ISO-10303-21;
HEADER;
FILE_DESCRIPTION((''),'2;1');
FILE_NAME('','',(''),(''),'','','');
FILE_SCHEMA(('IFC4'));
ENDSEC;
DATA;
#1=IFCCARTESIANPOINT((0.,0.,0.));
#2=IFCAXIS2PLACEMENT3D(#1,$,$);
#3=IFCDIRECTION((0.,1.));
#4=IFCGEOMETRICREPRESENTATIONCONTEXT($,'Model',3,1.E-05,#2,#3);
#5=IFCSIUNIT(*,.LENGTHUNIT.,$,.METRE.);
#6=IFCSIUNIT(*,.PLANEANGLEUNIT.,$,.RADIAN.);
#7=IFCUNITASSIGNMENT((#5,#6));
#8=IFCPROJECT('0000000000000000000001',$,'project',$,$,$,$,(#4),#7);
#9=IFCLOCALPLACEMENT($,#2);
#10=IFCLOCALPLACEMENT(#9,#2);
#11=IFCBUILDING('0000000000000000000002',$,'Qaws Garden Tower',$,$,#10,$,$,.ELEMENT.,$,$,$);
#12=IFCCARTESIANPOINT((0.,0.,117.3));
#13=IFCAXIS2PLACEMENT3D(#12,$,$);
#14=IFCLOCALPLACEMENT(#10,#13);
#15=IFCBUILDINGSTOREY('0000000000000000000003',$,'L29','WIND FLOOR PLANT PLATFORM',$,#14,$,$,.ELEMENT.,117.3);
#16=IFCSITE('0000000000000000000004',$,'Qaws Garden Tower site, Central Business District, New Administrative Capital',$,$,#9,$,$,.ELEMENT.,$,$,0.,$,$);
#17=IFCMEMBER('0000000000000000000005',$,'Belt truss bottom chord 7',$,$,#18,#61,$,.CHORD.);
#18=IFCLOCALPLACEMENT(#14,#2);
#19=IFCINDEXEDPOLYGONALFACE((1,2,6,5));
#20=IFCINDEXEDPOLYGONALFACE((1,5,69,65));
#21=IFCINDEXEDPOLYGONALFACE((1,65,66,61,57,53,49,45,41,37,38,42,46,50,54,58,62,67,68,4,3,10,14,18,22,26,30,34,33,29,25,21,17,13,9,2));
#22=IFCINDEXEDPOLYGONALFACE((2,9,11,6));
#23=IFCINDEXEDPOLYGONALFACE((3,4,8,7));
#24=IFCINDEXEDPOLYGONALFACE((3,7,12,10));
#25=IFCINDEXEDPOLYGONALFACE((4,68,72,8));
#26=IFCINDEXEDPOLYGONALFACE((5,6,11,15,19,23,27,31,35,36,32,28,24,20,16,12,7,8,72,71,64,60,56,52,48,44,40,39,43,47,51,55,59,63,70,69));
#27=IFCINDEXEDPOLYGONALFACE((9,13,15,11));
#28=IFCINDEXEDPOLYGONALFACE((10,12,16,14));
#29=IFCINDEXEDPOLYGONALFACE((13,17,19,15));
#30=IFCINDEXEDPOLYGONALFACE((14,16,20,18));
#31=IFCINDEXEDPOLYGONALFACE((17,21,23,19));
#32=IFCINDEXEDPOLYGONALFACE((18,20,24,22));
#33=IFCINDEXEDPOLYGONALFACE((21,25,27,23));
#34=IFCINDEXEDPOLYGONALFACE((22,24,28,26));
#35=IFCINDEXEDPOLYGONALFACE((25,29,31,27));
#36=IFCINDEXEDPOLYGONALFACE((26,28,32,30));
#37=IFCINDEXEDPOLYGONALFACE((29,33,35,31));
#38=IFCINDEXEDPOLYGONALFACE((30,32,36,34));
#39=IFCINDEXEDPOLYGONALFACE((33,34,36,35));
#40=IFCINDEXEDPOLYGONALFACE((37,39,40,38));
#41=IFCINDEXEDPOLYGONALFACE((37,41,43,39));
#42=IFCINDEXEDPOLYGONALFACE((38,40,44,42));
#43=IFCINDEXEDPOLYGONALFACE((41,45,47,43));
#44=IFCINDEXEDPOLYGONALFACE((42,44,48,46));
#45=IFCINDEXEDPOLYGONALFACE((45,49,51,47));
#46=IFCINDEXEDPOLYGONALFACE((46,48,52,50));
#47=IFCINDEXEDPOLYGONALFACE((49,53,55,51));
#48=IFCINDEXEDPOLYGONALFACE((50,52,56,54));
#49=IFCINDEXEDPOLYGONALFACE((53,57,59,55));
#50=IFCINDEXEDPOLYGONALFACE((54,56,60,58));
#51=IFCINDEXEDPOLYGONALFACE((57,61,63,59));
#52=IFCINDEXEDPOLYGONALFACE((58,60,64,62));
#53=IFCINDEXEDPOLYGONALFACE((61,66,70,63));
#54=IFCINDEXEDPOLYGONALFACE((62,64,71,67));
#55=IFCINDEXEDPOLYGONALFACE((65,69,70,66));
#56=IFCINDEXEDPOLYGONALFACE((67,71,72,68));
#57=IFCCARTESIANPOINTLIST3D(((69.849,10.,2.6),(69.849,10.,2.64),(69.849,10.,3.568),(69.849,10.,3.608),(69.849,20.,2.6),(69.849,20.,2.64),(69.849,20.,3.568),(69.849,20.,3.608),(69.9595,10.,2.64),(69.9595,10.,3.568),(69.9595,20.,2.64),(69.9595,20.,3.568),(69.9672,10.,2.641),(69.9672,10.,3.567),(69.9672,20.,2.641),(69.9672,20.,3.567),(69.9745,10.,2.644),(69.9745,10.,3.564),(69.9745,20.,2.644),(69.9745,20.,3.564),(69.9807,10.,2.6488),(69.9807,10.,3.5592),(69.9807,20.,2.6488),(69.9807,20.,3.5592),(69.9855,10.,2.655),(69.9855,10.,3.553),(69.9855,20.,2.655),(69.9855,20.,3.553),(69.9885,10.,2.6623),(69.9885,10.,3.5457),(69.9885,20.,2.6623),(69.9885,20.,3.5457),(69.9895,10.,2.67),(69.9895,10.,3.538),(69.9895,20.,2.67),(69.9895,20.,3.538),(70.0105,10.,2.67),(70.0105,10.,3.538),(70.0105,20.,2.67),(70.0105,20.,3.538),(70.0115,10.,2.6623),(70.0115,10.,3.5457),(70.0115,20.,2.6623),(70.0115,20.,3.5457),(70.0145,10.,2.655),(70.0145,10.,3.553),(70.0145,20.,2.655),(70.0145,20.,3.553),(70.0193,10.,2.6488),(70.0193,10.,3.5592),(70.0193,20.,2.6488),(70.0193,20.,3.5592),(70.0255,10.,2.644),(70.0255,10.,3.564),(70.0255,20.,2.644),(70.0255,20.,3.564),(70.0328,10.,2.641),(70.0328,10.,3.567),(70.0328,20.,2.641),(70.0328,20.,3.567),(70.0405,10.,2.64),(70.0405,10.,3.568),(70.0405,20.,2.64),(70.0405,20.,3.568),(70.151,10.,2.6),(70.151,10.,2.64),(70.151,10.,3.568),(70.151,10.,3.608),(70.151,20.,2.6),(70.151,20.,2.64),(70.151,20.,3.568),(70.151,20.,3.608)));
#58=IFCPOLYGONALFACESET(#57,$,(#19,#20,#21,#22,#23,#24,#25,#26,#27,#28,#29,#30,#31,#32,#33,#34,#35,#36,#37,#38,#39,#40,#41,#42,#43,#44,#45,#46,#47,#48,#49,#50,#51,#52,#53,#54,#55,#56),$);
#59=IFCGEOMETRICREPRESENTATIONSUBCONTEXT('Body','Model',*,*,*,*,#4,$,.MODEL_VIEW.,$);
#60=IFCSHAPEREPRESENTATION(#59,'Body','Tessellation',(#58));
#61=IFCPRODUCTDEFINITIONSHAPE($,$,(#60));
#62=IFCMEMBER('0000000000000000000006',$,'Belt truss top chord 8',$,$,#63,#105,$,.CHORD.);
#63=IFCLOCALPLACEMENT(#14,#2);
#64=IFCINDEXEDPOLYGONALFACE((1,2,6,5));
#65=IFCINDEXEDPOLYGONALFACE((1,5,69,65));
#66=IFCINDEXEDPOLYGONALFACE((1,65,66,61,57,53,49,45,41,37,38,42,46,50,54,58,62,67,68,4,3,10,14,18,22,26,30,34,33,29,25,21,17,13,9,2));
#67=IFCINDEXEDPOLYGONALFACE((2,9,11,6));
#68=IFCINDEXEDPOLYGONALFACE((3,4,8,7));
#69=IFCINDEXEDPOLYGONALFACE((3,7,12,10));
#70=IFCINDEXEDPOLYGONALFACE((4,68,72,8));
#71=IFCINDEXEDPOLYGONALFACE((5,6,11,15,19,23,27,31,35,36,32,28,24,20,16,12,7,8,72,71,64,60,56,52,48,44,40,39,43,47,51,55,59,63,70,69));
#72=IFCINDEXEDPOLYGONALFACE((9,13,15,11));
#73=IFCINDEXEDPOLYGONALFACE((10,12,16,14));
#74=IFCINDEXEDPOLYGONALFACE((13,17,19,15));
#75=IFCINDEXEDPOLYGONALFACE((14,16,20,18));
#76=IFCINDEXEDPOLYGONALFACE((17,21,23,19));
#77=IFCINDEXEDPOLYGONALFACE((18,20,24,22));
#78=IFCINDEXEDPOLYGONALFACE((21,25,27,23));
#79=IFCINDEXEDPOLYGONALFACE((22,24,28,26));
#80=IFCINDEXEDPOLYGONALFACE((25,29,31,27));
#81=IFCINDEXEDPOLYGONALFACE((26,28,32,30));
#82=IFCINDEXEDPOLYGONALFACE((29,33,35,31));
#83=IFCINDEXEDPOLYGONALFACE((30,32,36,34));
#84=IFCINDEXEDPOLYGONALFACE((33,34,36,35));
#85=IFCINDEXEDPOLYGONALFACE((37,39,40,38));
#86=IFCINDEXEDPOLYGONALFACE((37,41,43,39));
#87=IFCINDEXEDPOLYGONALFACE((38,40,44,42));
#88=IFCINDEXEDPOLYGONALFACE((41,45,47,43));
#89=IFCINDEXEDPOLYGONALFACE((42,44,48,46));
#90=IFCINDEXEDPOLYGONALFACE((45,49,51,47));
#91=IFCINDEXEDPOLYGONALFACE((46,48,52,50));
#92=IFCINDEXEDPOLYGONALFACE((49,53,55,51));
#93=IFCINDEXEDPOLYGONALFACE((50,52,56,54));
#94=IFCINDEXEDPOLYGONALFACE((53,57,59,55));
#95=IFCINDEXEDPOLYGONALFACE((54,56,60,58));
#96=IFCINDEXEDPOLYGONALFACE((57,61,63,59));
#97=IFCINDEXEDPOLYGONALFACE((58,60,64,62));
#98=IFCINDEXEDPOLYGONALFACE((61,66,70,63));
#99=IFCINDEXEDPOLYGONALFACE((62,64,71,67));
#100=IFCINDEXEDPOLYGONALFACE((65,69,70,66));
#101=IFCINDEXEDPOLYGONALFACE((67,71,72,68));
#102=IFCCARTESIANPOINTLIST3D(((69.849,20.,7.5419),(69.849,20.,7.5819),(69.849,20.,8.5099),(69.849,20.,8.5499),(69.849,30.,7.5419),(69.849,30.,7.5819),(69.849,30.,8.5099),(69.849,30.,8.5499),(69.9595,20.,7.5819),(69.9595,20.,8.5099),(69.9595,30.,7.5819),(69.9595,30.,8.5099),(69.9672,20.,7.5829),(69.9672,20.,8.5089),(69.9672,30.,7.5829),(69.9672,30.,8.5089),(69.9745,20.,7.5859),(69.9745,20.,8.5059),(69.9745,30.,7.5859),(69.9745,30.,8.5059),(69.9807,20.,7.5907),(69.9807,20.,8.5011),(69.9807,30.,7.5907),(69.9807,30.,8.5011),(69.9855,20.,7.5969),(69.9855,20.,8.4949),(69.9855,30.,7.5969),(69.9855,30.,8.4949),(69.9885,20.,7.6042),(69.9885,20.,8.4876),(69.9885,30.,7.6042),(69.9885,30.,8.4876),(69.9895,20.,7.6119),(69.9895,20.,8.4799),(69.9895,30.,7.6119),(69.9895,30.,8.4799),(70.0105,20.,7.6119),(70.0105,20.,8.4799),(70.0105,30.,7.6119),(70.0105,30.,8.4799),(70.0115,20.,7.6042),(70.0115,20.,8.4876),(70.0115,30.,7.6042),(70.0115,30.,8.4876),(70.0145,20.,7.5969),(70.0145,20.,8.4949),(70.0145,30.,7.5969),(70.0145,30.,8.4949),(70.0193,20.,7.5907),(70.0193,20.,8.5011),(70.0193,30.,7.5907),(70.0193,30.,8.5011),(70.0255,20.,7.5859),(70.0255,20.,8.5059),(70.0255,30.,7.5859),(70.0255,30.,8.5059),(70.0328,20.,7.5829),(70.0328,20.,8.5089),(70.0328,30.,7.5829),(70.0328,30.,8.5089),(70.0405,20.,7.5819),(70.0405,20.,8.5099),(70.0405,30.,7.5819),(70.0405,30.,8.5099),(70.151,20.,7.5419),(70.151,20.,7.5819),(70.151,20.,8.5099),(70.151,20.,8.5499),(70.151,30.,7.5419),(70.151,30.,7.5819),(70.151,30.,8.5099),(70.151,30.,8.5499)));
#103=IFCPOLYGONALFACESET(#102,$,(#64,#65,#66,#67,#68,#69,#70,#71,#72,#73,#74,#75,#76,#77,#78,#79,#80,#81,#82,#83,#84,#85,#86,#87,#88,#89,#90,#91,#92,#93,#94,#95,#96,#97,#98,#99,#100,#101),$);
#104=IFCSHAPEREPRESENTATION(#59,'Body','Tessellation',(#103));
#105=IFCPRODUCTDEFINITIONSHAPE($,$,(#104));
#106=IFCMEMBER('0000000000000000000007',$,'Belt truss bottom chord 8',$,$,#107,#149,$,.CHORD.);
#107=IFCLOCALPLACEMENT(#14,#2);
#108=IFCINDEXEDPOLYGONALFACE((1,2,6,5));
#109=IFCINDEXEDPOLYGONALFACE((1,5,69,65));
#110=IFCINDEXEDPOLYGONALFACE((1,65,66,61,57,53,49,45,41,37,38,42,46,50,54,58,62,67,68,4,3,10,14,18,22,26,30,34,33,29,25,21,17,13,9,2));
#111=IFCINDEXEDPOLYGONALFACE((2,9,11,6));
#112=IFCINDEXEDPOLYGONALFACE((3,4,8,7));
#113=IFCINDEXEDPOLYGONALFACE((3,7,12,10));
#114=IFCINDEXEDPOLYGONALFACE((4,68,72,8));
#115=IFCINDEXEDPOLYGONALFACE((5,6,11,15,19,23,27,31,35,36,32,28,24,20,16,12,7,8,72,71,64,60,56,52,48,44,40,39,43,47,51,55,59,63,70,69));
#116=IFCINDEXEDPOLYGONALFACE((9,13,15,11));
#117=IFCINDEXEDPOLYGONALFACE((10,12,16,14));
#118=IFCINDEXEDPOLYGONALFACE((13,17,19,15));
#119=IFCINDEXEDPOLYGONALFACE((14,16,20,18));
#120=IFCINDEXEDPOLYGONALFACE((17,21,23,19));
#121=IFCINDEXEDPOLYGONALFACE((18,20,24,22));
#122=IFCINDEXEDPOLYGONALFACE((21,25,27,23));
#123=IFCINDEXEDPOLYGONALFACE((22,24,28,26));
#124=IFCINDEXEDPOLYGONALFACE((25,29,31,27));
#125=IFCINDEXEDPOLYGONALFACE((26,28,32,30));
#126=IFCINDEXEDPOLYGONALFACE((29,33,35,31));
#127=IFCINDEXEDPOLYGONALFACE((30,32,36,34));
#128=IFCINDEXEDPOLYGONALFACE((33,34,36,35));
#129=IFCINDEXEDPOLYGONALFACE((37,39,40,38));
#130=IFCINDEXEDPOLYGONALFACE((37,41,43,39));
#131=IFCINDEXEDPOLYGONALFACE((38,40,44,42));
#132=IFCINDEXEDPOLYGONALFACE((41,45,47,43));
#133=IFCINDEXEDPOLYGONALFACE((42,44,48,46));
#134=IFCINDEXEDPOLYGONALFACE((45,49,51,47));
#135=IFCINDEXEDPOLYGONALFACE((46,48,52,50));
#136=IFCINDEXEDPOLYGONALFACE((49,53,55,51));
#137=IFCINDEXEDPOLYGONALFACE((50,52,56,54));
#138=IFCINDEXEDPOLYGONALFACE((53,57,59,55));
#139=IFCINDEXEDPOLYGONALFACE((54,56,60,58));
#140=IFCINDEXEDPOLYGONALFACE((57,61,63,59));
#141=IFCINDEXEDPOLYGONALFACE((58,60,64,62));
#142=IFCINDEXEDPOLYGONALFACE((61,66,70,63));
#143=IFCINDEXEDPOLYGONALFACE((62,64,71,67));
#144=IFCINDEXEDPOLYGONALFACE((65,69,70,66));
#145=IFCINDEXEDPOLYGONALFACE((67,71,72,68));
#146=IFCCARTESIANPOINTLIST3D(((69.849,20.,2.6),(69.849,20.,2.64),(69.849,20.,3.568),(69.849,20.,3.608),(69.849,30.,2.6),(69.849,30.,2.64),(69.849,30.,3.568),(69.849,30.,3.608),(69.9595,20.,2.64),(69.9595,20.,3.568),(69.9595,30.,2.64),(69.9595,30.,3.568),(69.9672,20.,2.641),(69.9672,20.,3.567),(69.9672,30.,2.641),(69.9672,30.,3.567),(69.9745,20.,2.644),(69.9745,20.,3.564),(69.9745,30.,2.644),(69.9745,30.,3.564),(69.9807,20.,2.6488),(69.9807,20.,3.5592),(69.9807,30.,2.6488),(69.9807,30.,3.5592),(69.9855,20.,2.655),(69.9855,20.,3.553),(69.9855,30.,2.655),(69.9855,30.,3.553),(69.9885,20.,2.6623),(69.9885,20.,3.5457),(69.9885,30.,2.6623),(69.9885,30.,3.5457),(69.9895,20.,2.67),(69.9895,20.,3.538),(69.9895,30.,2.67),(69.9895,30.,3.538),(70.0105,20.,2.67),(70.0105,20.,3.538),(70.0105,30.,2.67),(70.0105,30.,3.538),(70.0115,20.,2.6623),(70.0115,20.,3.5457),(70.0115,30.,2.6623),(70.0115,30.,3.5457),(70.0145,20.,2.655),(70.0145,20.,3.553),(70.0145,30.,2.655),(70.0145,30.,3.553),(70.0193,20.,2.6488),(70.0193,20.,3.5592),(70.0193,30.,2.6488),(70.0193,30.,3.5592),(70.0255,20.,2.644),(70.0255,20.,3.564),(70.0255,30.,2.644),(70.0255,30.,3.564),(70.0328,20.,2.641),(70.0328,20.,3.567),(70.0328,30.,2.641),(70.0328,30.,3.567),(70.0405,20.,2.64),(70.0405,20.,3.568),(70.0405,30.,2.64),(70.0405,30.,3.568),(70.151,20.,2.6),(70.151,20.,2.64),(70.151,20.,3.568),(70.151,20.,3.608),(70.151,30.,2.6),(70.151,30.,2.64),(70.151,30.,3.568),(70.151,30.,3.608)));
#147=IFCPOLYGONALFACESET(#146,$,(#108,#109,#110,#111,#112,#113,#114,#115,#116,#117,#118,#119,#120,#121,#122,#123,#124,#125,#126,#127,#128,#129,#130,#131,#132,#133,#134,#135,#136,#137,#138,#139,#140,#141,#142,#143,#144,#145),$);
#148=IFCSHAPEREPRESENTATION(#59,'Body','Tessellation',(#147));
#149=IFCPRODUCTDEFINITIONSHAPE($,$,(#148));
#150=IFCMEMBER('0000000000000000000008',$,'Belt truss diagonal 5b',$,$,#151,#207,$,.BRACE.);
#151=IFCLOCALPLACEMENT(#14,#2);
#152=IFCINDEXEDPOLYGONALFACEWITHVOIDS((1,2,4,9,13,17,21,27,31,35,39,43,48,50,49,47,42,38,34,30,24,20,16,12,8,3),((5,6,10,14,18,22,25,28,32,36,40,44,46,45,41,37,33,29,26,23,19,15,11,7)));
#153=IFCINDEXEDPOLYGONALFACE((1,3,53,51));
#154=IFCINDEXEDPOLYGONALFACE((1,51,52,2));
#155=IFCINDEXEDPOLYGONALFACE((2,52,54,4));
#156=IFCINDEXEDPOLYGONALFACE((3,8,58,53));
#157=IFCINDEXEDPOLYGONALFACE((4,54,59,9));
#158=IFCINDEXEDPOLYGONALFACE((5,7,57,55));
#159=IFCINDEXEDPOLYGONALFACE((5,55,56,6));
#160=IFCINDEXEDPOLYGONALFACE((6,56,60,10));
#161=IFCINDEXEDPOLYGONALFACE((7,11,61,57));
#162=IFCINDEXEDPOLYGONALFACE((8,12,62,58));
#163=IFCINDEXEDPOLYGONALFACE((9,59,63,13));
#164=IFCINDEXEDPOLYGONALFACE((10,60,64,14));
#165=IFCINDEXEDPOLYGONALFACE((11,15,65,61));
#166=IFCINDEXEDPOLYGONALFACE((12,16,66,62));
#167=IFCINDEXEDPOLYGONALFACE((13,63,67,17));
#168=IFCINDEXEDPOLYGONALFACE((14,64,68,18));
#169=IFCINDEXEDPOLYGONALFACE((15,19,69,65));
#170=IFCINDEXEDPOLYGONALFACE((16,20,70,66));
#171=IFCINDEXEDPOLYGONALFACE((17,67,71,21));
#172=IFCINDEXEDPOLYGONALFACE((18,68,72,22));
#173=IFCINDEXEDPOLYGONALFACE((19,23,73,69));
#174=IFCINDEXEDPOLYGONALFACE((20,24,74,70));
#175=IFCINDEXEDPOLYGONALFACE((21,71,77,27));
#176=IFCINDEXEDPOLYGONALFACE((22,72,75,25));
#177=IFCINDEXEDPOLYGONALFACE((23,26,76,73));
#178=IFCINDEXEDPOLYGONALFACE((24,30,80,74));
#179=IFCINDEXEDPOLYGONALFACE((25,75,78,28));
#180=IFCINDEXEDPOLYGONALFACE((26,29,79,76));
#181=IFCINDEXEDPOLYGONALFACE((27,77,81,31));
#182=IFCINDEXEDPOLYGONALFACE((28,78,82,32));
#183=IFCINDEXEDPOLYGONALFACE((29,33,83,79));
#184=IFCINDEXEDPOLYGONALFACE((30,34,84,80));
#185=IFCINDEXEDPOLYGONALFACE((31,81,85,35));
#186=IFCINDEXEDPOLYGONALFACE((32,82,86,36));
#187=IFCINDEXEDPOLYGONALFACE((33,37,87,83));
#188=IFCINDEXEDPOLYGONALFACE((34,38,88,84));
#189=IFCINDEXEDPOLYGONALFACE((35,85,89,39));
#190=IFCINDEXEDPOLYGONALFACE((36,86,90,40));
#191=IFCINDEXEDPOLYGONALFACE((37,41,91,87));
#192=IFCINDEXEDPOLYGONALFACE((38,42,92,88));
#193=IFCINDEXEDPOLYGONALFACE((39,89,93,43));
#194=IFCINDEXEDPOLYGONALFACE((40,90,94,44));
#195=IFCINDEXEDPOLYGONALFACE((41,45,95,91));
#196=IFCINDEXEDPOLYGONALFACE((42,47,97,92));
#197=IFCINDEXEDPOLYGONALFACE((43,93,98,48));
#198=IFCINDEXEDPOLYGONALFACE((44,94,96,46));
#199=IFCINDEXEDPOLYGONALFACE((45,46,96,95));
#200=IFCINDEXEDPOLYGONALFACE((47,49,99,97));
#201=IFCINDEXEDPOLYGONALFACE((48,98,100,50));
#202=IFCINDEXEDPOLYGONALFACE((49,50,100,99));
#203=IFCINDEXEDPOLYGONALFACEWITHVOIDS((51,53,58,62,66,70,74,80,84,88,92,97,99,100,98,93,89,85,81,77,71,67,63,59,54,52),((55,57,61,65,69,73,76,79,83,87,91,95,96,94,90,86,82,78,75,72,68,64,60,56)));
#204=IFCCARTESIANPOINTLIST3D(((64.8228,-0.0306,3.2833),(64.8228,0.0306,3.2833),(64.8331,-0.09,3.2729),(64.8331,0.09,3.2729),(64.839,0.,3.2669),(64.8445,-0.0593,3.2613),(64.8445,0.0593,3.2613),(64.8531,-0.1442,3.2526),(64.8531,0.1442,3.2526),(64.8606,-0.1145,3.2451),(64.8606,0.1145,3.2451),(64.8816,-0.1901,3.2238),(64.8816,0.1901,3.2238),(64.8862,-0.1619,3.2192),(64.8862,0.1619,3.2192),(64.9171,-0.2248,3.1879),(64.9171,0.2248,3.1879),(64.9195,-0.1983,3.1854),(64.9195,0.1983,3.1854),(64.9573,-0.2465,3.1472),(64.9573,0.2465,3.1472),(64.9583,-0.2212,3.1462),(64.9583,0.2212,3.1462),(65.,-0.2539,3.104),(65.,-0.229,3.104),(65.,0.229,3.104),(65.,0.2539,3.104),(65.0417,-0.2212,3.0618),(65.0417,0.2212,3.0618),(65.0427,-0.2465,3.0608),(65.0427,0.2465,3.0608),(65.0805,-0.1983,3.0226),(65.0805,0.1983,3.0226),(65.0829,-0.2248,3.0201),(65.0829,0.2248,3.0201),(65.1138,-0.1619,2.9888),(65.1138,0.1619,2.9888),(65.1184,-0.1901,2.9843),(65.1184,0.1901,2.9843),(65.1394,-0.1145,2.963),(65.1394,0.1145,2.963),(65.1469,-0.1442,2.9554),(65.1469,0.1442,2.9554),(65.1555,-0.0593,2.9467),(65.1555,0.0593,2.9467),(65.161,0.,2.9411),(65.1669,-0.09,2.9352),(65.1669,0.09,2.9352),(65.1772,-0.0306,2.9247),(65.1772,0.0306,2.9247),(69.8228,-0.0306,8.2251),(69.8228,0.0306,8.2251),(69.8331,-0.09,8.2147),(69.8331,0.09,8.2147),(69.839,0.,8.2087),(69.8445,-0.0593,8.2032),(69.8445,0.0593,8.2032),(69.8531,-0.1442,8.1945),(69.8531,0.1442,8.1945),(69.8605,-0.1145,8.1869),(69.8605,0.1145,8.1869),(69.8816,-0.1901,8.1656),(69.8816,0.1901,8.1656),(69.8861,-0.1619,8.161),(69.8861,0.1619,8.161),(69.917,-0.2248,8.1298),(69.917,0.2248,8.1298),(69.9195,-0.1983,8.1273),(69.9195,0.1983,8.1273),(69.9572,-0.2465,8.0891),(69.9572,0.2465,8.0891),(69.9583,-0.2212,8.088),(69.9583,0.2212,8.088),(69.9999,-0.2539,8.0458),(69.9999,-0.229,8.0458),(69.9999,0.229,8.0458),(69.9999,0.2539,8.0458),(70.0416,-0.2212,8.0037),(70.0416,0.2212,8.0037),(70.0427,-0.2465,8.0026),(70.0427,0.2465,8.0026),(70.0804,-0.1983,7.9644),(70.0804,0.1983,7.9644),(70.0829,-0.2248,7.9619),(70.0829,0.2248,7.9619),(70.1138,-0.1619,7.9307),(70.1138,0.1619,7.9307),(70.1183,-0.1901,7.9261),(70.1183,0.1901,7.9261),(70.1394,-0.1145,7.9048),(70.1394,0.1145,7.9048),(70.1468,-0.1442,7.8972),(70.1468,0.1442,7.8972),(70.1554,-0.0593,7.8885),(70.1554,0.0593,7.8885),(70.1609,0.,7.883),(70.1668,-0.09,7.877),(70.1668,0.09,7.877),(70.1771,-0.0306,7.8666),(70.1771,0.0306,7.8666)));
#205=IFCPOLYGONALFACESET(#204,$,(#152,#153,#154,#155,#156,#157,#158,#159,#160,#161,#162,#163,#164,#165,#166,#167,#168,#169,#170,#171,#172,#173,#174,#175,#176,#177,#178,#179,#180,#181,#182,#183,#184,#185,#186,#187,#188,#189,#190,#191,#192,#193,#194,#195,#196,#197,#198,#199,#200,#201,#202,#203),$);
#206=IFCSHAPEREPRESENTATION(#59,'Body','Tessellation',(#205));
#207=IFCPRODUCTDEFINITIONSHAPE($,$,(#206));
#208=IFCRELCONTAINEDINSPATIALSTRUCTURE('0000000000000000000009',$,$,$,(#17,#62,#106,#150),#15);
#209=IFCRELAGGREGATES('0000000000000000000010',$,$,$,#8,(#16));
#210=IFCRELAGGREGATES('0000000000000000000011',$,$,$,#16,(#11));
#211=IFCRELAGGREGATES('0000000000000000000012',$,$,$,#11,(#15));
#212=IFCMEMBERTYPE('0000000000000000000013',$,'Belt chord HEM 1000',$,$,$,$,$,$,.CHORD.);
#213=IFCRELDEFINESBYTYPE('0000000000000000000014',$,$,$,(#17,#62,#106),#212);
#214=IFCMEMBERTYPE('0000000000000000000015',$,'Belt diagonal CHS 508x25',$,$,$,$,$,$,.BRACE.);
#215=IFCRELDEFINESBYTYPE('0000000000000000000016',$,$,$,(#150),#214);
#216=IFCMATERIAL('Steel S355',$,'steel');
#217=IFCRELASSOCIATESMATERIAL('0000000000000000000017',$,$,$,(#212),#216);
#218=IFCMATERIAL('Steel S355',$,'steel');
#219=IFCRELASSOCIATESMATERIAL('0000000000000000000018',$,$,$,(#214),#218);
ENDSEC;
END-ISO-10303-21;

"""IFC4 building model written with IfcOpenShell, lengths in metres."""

from ifc_helpers import new_model, si_unit, direction, frame, origin, origin_2d, place, context, subcontext, project, spatial, hollow_circle, i_section, extrude, material, material_profile, profile_set, type_object, element, save


model = new_model("IFC4")

# Units and contexts
model_context = context("Model", 3, precision=1e-05, world=origin(), true_north=direction((0.0, 1.0)))
body_context = subcontext(model_context, "Body", "Model", "MODEL_VIEW")
ifc_project = project(units=[si_unit("LENGTHUNIT", "METRE"), si_unit("PLANEANGLEUNIT", "RADIAN")], contexts=[model_context])

# Site, building, storey
site_placement = place(None, origin())
site = spatial("IfcSite", under=ifc_project, at=site_placement, Name="Qaws Garden Tower site, Central Business District, New Administrative Capital", CompositionType="ELEMENT", RefElevation=0.0)
building_placement = place(site_placement, origin())
building = spatial("IfcBuilding", under=site, at=building_placement, Name="Qaws Garden Tower", CompositionType="ELEMENT")
storey_placement = place(building_placement, frame((0.0, 0.0, 117.3)))
storey = spatial("IfcBuildingStorey", under=building, at=storey_placement, Name="L29", Description="WIND FLOOR PLANT PLATFORM", CompositionType="ELEMENT", Elevation=117.3)

# Members
ifc_material_1 = material(Name="Steel S355", Category="steel")
ifc_material_profile_1 = material_profile(ifc_material_1, i_section(OverallWidth=0.302, OverallDepth=1.0081, WebThickness=0.021, FlangeThickness=0.04, FilletRadius=0.03, at=origin_2d()), Name="HEM 1000")
ifc_profile_set_1 = profile_set([ifc_material_profile_1], Name="Steel S355")
member_type_1 = type_object("IfcMemberType", Name="Belt chord HEM 1000", PredefinedType="CHORD", material=ifc_profile_set_1)
for number, where, z_axis, x_axis, name in (
    (1, (70.0, 10.0, 3.104), (0.0, 1.0, 0.0), (-1.0, 0.0, 0.0), "Belt truss bottom chord 7"),
    (2, (70.0, 20.0, 8.0459), (0.0, 1.0, 0.0), (-1.0, 0.0, 0.0), "Belt truss top chord 8"),
    (3, (70.0, 20.0, 3.104), (0.0, 1.0, 0.0), (-1.0, 0.0, 0.0), "Belt truss bottom chord 8"),
):
    element("IfcMember", number, at=place(storey_placement, frame(where, z_axis=z_axis, x_axis=x_axis)), inside=storey, type_object=member_type_1, Name=name, PredefinedType="CHORD", context=body_context, shape_type="SweptSolid", body=[
        extrude(i_section(OverallWidth=0.302, OverallDepth=1.0081, WebThickness=0.021, FlangeThickness=0.04, FilletRadius=0.03, at=origin_2d()), origin(), (0.0, 0.0, 1.0), 10.0),
    ])
ifc_material_2 = material(Name="Steel S355", Category="steel")
ifc_material_profile_2 = material_profile(ifc_material_2, hollow_circle(Radius=0.2539, WallThickness=0.0249, at=origin_2d()), Name="CHS 508x25")
ifc_profile_set_2 = profile_set([ifc_material_profile_2], Name="Steel S355")
member_type_2 = type_object("IfcMemberType", Name="Belt diagonal CHS 508x25", PredefinedType="BRACE", material=ifc_profile_set_2)
for number, where, z_axis, x_axis, name in (
    (4, (65.0, 0.0, 3.104), (0.711227, 0.0, 0.702962), (0.0, 1.0, 0.0), "Belt truss diagonal 5b"),
):
    element("IfcMember", number, at=place(storey_placement, frame(where, z_axis=z_axis, x_axis=x_axis)), inside=storey, type_object=member_type_2, Name=name, PredefinedType="BRACE", context=body_context, shape_type="SweptSolid", body=[
        extrude(hollow_circle(Radius=0.2539, WallThickness=0.0249, at=origin_2d()), origin(), (0.0, 0.0, 1.0), 7.03),
    ])

save(model, "model.ifc")
